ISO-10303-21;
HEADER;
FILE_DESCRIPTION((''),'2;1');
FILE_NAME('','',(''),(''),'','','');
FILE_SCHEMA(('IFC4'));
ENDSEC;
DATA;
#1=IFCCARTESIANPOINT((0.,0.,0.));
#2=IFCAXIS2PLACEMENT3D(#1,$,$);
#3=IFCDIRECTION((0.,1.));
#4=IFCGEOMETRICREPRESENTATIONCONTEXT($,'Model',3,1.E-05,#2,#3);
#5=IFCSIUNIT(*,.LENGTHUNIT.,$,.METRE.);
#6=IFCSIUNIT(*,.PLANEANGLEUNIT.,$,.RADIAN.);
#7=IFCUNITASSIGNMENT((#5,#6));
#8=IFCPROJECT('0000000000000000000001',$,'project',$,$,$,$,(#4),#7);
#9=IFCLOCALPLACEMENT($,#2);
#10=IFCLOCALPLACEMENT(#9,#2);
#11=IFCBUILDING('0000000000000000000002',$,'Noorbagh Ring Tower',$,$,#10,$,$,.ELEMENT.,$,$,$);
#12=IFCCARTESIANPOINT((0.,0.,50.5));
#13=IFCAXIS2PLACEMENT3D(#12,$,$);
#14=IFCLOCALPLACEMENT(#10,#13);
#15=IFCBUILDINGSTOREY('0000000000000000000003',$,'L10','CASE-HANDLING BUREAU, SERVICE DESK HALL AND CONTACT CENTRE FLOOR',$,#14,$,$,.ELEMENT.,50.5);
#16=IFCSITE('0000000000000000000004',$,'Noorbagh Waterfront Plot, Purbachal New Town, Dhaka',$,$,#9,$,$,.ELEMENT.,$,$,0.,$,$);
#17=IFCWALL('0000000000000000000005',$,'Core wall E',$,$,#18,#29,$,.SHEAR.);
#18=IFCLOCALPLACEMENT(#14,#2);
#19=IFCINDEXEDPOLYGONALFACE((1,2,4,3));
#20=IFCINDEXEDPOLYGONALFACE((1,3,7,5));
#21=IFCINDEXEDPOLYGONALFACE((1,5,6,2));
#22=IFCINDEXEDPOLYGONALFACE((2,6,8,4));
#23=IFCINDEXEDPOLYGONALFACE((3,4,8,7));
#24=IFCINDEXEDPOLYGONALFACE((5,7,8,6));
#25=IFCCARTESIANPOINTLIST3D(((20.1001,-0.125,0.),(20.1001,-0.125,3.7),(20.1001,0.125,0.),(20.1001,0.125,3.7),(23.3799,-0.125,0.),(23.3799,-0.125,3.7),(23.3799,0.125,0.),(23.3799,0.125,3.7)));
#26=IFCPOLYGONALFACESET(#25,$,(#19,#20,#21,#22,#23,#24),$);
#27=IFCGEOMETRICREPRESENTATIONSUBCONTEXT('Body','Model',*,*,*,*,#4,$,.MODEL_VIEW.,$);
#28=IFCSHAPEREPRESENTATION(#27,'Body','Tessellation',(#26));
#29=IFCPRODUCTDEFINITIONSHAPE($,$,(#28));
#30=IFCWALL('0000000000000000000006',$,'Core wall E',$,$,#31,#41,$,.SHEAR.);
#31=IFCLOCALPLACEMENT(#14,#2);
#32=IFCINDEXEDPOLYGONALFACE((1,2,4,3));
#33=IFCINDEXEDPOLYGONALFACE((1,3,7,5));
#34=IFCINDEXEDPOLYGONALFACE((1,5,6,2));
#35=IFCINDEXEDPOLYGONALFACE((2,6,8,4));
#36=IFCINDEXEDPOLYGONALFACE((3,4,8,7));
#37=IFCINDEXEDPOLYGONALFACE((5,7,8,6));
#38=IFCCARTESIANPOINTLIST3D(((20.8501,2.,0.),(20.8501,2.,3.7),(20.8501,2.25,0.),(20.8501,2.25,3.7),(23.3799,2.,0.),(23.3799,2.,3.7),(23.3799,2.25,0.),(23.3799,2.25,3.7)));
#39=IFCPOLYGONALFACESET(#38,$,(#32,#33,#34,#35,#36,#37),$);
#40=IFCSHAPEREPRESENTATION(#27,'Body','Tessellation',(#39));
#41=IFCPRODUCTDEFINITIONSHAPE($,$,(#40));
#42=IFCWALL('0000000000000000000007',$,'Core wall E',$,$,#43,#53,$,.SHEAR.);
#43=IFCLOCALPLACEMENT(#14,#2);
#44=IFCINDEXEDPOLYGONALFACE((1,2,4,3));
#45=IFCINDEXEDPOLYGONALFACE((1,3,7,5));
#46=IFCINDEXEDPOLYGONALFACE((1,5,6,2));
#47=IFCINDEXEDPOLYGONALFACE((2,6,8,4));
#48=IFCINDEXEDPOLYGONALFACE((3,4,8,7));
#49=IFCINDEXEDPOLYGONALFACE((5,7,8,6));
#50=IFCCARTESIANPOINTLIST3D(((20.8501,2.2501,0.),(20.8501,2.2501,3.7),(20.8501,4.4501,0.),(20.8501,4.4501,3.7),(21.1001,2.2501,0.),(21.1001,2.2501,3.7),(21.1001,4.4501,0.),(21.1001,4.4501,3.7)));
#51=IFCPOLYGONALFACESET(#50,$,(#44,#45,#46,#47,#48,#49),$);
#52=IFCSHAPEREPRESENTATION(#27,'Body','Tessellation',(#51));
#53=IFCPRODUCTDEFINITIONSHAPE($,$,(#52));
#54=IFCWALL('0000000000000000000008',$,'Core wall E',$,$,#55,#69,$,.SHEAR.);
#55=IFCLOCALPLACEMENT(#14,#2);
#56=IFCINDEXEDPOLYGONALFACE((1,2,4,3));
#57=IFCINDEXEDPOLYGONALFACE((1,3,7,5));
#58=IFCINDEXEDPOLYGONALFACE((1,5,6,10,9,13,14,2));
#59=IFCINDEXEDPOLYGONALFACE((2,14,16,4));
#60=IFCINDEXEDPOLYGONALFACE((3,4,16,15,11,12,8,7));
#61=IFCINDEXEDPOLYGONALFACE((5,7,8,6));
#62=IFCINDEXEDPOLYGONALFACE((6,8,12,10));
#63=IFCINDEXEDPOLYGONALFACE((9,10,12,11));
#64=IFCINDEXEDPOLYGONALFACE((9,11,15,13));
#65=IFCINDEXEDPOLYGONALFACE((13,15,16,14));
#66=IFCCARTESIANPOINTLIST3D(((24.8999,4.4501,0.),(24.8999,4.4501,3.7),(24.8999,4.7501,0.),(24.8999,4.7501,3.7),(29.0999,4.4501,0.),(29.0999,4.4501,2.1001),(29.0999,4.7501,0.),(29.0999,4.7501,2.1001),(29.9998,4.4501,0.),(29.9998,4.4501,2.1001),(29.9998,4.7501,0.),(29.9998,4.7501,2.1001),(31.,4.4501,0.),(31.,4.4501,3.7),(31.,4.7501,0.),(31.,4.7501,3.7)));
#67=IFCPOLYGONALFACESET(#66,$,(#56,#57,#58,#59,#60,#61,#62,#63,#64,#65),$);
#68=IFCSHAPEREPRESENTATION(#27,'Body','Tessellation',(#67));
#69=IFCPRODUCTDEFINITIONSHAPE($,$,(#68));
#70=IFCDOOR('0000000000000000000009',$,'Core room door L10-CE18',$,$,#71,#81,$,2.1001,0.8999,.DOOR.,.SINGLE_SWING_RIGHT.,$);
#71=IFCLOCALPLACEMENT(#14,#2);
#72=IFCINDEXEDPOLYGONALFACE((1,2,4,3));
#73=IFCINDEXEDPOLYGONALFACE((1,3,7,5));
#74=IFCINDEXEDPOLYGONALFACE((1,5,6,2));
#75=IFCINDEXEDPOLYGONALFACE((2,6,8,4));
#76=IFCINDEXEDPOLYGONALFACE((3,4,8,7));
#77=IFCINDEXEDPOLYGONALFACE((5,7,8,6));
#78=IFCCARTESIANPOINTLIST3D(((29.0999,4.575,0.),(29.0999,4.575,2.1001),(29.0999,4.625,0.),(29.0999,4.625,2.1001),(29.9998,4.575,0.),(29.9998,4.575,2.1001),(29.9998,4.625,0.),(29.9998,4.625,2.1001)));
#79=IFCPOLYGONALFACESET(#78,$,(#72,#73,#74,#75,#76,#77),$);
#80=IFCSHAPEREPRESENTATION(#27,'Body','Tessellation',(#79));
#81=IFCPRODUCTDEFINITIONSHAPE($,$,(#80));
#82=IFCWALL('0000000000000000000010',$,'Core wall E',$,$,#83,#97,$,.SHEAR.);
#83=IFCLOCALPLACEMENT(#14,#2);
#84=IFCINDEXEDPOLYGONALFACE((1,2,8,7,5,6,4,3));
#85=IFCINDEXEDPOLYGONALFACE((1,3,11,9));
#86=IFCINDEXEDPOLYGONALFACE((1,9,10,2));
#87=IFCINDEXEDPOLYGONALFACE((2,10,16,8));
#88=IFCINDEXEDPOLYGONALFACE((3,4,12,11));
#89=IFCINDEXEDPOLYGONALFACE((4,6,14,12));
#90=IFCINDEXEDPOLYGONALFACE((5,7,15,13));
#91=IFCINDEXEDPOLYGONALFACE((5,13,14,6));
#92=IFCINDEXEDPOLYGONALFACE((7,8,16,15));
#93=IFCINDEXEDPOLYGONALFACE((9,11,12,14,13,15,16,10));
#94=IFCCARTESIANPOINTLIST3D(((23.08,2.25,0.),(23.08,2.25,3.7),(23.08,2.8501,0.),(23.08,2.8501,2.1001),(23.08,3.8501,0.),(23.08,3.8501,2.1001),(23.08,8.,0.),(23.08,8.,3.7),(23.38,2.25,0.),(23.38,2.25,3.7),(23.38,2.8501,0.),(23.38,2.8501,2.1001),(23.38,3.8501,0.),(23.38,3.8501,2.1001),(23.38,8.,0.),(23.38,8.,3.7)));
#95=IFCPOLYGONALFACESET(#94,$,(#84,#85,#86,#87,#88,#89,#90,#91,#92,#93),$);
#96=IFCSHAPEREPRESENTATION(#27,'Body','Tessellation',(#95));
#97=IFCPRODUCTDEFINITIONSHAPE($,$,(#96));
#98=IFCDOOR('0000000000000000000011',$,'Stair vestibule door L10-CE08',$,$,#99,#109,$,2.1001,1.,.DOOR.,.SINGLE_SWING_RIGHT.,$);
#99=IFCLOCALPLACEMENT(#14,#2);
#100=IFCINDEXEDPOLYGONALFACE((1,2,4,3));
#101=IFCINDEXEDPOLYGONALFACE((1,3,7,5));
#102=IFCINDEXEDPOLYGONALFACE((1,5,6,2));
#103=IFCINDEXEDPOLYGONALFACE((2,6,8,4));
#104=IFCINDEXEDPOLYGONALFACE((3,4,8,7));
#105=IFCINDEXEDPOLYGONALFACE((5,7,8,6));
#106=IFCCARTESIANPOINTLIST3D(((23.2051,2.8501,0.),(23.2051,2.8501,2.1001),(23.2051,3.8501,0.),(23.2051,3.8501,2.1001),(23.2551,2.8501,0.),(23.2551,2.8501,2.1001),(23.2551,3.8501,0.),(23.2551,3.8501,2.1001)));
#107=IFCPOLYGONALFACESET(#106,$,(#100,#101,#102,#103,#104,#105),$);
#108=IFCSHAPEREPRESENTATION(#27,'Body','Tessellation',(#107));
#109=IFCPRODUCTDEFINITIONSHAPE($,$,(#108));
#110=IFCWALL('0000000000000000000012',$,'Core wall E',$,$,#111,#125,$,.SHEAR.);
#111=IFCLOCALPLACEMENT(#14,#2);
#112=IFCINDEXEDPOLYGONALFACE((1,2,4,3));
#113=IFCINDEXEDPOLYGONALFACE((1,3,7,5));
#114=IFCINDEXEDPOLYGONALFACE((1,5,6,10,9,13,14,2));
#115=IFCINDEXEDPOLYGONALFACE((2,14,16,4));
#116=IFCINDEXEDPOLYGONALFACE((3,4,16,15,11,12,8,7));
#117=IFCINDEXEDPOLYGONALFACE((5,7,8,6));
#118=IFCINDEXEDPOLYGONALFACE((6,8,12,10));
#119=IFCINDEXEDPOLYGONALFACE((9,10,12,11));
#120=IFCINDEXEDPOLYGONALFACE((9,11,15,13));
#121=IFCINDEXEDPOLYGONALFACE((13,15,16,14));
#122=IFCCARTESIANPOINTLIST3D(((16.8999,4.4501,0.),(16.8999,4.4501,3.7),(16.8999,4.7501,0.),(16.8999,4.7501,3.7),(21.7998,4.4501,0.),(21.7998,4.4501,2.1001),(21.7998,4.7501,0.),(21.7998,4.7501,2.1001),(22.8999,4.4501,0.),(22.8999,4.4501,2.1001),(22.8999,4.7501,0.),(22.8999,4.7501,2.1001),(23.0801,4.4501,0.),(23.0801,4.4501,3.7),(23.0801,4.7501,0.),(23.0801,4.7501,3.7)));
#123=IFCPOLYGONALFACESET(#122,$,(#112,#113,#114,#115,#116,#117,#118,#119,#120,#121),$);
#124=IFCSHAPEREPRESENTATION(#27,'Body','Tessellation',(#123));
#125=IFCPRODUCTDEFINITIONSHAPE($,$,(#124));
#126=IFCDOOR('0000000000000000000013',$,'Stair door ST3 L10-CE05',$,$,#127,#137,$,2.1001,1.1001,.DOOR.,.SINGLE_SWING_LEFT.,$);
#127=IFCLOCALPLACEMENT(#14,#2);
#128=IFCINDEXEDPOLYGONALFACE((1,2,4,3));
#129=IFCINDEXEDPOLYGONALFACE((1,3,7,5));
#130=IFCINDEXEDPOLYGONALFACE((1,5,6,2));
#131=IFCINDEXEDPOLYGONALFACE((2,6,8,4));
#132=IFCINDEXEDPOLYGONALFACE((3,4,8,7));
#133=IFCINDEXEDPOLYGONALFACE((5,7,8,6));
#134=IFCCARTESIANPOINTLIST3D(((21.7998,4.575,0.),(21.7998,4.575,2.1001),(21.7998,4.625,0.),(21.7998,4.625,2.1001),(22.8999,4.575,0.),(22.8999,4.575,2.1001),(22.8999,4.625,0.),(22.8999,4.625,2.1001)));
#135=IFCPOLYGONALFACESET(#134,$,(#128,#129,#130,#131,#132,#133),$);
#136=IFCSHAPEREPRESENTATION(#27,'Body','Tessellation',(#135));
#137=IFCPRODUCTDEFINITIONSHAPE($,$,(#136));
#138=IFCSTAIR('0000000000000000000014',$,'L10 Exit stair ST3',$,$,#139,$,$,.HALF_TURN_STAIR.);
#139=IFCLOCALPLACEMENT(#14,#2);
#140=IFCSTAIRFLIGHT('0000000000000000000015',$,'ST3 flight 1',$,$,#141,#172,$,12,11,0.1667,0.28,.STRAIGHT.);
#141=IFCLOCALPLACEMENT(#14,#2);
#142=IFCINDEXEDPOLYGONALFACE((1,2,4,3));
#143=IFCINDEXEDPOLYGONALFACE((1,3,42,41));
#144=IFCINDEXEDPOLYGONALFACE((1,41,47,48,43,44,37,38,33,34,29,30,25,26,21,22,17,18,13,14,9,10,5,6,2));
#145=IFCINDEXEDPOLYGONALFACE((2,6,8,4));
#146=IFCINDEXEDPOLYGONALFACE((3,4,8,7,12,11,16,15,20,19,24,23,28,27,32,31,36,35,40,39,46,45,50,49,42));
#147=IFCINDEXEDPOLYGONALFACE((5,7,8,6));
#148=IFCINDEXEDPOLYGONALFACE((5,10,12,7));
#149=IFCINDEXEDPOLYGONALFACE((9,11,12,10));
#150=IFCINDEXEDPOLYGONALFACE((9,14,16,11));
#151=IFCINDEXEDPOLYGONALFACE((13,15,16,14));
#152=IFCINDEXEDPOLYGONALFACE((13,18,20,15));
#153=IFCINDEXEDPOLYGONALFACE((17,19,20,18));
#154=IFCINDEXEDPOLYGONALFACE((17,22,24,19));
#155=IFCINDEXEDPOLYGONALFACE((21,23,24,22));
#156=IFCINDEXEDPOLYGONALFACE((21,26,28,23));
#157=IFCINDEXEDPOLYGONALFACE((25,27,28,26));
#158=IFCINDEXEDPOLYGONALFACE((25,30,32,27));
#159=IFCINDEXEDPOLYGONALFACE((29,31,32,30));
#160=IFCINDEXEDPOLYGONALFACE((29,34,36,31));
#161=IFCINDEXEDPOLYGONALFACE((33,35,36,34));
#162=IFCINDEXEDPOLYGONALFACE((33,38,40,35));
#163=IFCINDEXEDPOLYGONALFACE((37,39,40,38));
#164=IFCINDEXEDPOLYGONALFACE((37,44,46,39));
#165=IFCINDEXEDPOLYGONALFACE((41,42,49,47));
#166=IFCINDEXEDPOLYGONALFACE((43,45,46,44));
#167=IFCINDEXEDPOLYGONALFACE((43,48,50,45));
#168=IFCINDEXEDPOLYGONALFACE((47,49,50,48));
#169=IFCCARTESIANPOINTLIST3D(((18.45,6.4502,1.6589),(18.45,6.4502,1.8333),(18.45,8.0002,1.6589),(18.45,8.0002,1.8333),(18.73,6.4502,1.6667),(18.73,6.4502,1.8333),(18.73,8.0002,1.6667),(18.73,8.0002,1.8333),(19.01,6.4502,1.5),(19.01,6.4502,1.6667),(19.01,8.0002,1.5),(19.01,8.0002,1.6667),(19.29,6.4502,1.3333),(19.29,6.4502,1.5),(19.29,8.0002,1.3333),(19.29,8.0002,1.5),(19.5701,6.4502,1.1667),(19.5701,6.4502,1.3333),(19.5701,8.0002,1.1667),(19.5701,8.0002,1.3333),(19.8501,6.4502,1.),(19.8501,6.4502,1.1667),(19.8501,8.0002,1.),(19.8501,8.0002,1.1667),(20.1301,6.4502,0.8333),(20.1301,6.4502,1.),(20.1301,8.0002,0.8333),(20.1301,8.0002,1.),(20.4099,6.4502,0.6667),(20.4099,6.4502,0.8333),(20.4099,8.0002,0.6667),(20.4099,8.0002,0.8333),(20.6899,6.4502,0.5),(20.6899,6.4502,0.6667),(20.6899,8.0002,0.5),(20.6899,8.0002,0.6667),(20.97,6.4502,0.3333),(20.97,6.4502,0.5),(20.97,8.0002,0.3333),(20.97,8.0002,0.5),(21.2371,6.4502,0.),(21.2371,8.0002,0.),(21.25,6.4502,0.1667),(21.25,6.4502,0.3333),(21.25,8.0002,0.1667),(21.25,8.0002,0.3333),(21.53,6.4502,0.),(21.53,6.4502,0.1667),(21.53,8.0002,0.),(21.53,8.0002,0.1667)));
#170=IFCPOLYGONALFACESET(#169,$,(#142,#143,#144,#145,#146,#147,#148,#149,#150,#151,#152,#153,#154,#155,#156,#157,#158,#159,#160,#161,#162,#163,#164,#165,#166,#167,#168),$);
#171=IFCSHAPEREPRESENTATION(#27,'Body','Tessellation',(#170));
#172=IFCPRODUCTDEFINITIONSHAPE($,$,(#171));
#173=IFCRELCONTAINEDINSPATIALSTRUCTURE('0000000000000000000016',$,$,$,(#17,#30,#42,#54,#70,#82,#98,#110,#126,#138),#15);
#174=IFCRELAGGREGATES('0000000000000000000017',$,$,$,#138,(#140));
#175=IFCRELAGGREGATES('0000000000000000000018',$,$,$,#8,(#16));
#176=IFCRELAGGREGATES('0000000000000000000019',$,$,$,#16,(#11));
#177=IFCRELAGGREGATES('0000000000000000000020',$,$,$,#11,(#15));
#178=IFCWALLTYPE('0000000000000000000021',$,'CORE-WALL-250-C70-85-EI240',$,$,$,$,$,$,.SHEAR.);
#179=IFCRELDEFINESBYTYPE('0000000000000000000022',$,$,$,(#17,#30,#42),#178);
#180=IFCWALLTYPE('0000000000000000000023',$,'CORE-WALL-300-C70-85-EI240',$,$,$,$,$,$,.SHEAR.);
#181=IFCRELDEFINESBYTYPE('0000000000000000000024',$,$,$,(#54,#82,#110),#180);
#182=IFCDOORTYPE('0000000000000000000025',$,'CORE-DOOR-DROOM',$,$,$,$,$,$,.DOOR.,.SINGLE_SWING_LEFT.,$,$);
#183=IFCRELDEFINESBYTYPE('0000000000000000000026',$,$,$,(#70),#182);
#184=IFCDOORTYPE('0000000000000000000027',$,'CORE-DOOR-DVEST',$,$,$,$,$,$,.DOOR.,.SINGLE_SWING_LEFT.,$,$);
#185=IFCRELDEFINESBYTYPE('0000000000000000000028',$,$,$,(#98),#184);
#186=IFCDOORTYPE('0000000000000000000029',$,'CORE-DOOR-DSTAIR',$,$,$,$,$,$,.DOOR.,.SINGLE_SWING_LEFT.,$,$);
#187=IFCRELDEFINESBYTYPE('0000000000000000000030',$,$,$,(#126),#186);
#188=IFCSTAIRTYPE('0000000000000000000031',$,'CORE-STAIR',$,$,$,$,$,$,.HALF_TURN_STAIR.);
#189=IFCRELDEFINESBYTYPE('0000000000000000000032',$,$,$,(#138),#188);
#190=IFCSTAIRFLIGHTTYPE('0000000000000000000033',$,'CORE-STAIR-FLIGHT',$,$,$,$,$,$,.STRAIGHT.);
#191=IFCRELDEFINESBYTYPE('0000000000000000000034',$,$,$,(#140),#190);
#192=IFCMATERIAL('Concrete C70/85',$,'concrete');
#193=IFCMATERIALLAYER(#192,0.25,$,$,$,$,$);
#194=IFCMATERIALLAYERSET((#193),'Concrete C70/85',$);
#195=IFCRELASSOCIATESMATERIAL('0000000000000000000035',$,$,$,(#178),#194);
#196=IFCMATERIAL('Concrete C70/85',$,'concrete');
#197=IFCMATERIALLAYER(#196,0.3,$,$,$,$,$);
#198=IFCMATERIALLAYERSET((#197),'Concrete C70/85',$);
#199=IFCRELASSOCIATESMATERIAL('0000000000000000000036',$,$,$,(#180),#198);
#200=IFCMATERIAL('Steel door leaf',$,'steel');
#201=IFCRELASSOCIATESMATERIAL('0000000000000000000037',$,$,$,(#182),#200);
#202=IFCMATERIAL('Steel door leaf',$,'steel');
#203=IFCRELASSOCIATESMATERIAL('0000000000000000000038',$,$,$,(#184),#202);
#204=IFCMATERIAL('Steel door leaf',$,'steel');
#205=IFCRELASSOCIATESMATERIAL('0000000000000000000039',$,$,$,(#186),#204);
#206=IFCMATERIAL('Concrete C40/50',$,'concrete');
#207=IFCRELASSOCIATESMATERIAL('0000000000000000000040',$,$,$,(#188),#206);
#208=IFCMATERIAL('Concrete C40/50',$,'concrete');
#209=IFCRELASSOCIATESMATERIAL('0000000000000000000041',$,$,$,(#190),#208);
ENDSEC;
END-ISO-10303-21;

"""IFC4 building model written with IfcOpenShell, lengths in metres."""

from ifc_helpers import new_model, si_unit, direction, frame, frame_2d, origin, place, context, subcontext, project, spatial, polyline, rectangle, outline, extrude, material, layer, layer_set, type_object, element, fill, aggregate, save


model = new_model("IFC4")

# Units and contexts
model_context = context("Model", 3, precision=1e-05, world=origin(), true_north=direction((0.0, 1.0)))
body_context = subcontext(model_context, "Body", "Model", "MODEL_VIEW")
ifc_project = project(units=[si_unit("LENGTHUNIT", "METRE"), si_unit("PLANEANGLEUNIT", "RADIAN")], contexts=[model_context])

# Site, building, storey
site_placement = place(None, origin())
site = spatial("IfcSite", under=ifc_project, at=site_placement, Name="Noorbagh Waterfront Plot, Purbachal New Town, Dhaka", CompositionType="ELEMENT", RefElevation=0.0)
building_placement = place(site_placement, origin())
building = spatial("IfcBuilding", under=site, at=building_placement, Name="Noorbagh Ring Tower", CompositionType="ELEMENT")
storey_placement = place(building_placement, frame((0.0, 0.0, 50.5)))
storey = spatial("IfcBuildingStorey", under=building, at=storey_placement, Name="L10", Description="CASE-HANDLING BUREAU, SERVICE DESK HALL AND CONTACT CENTRE FLOOR", CompositionType="ELEMENT", Elevation=50.5)

# Walls
ifc_material_1 = material(Name="Concrete C70/85", Category="concrete")
ifc_layer_1 = layer(ifc_material_1, 0.25)
ifc_layer_set_1 = layer_set([ifc_layer_1], Name="Concrete C70/85")
wall_type_1 = type_object("IfcWallType", Name="CORE-WALL-250-C70-85-EI240", PredefinedType="SHEAR", material=ifc_layer_set_1)
wall_1_placement = place(storey_placement, frame((20.1001, 0.0, 0.0), z_axis=(0.0, 0.0, 1.0), x_axis=(1.0, 0.0, 0.0)))
element("IfcWall", 1, at=wall_1_placement, inside=storey, type_object=wall_type_1, Name="Core wall E", PredefinedType="SHEAR", context=body_context, shape_type="SweptSolid", body=[
    extrude(rectangle(XDim=3.2798, YDim=0.25, at=frame_2d((1.6399, 0.0))), origin(), (0.0, 0.0, 1.0), 3.7),
])
wall_2_placement = place(storey_placement, frame((20.8501, 2.125, 0.0), z_axis=(0.0, 0.0, 1.0), x_axis=(1.0, 0.0, 0.0)))
element("IfcWall", 2, at=wall_2_placement, inside=storey, type_object=wall_type_1, Name="Core wall E", PredefinedType="SHEAR", context=body_context, shape_type="SweptSolid", body=[
    extrude(rectangle(XDim=2.5298, YDim=0.25, at=frame_2d((1.2649, 0.0))), origin(), (0.0, 0.0, 1.0), 3.7),
])
wall_3_placement = place(storey_placement, frame((20.9751, 2.25, 0.0), z_axis=(0.0, 0.0, 1.0), x_axis=(0.0, 1.0, 0.0)))
element("IfcWall", 3, at=wall_3_placement, inside=storey, type_object=wall_type_1, Name="Core wall E", PredefinedType="SHEAR", context=body_context, shape_type="SweptSolid", body=[
    extrude(rectangle(XDim=2.2, YDim=0.25, at=frame_2d((1.1001, 0.0))), origin(), (0.0, 0.0, 1.0), 3.7),
])

# Walls, openings, doors
ifc_material_2 = material(Name="Concrete C70/85", Category="concrete")
ifc_layer_2 = layer(ifc_material_2, 0.3)
ifc_layer_set_2 = layer_set([ifc_layer_2], Name="Concrete C70/85")
wall_type_2 = type_object("IfcWallType", Name="CORE-WALL-300-C70-85-EI240", PredefinedType="SHEAR", material=ifc_layer_set_2)
wall_4_placement = place(storey_placement, frame((24.8999, 4.6001, 0.0), z_axis=(0.0, 0.0, 1.0), x_axis=(1.0, 0.0, 0.0)))
wall_4 = element("IfcWall", 4, at=wall_4_placement, inside=storey, type_object=wall_type_2, Name="Core wall E", PredefinedType="SHEAR", context=body_context, shape_type="SweptSolid", body=[
    extrude(rectangle(XDim=6.1001, YDim=0.3, at=frame_2d((3.05, 0.0))), origin(), (0.0, 0.0, 1.0), 3.7),
])
opening_1_placement = place(wall_4_placement, frame((4.2, 0.0, 0.0)))
opening_1 = element("IfcOpeningElement", 5, at=opening_1_placement, cuts=wall_4, PredefinedType="OPENING", context=body_context, shape_type="SweptSolid", body=[
    extrude(rectangle(XDim=0.8999, YDim=2.1001, at=frame_2d((0.45, 1.05))), frame((0.0, 0.1602, 0.0), z_axis=(0.0, -1.0, 0.0), x_axis=(1.0, 0.0, 0.0)), (0.0, 0.0, 1.0), 0.3201),
])
ifc_material_3 = material(Name="Steel door leaf", Category="steel")
door_type_1 = type_object("IfcDoorType", Name="CORE-DOOR-DROOM", OperationType="SINGLE_SWING_LEFT", PredefinedType="DOOR", material=ifc_material_3)
door_1_placement = place(opening_1_placement, origin())
door_1 = element("IfcDoor", 6, at=door_1_placement, inside=storey, type_object=door_type_1, Name="Core room door L10-CE18", OperationType="SINGLE_SWING_RIGHT", OverallHeight=2.1001, OverallWidth=0.8999, PredefinedType="DOOR", context=body_context, shape_type="SweptSolid", body=[
    extrude(rectangle(XDim=0.8999, YDim=2.1001, at=frame_2d((0.45, 1.05))), frame((0.0, 0.0249, 0.0), z_axis=(0.0, -1.0, 0.0), x_axis=(1.0, 0.0, 0.0)), (0.0, 0.0, 1.0), 0.05),
])
fill(opening_1, door_1)
wall_5_placement = place(storey_placement, frame((23.23, 2.25, 0.0), z_axis=(0.0, 0.0, 1.0), x_axis=(0.0, 1.0, 0.0)))
wall_5 = element("IfcWall", 7, at=wall_5_placement, inside=storey, type_object=wall_type_2, Name="Core wall E", PredefinedType="SHEAR", context=body_context, shape_type="SweptSolid", body=[
    extrude(rectangle(XDim=5.75, YDim=0.3, at=frame_2d((2.875, 0.0))), origin(), (0.0, 0.0, 1.0), 3.7),
])
opening_2_placement = place(wall_5_placement, frame((0.6001, 0.0, 0.0)))
opening_2 = element("IfcOpeningElement", 8, at=opening_2_placement, cuts=wall_5, PredefinedType="OPENING", context=body_context, shape_type="SweptSolid", body=[
    extrude(rectangle(XDim=1.0, YDim=2.1001, at=frame_2d((0.5, 1.05))), frame((0.0, 0.1602, 0.0), z_axis=(0.0, -1.0, 0.0), x_axis=(1.0, 0.0, 0.0)), (0.0, 0.0, 1.0), 0.3201),
])
ifc_material_4 = material(Name="Steel door leaf", Category="steel")
door_type_2 = type_object("IfcDoorType", Name="CORE-DOOR-DVEST", OperationType="SINGLE_SWING_LEFT", PredefinedType="DOOR", material=ifc_material_4)
door_2_placement = place(opening_2_placement, origin())
door_2 = element("IfcDoor", 9, at=door_2_placement, inside=storey, type_object=door_type_2, Name="Stair vestibule door L10-CE08", OperationType="SINGLE_SWING_RIGHT", OverallHeight=2.1001, OverallWidth=1.0, PredefinedType="DOOR", context=body_context, shape_type="SweptSolid", body=[
    extrude(rectangle(XDim=1.0, YDim=2.1001, at=frame_2d((0.5, 1.05))), frame((0.0, 0.0249, 0.0), z_axis=(0.0, -1.0, 0.0), x_axis=(1.0, 0.0, 0.0)), (0.0, 0.0, 1.0), 0.05),
])
fill(opening_2, door_2)
wall_6_placement = place(storey_placement, frame((16.8999, 4.6001, 0.0), z_axis=(0.0, 0.0, 1.0), x_axis=(1.0, 0.0, 0.0)))
wall_6 = element("IfcWall", 10, at=wall_6_placement, inside=storey, type_object=wall_type_2, Name="Core wall E", PredefinedType="SHEAR", context=body_context, shape_type="SweptSolid", body=[
    extrude(rectangle(XDim=6.1802, YDim=0.3, at=frame_2d((3.0901, 0.0))), origin(), (0.0, 0.0, 1.0), 3.7),
])
opening_3_placement = place(wall_6_placement, frame((4.8999, 0.0, 0.0)))
opening_3 = element("IfcOpeningElement", 11, at=opening_3_placement, cuts=wall_6, PredefinedType="OPENING", context=body_context, shape_type="SweptSolid", body=[
    extrude(rectangle(XDim=1.1001, YDim=2.1001, at=frame_2d((0.55, 1.05))), frame((0.0, 0.1602, 0.0), z_axis=(0.0, -1.0, 0.0), x_axis=(1.0, 0.0, 0.0)), (0.0, 0.0, 1.0), 0.3201),
])
ifc_material_5 = material(Name="Steel door leaf", Category="steel")
door_type_3 = type_object("IfcDoorType", Name="CORE-DOOR-DSTAIR", OperationType="SINGLE_SWING_LEFT", PredefinedType="DOOR", material=ifc_material_5)
door_3_placement = place(opening_3_placement, origin())
door_3 = element("IfcDoor", 12, at=door_3_placement, inside=storey, type_object=door_type_3, Name="Stair door ST3 L10-CE05", OperationType="SINGLE_SWING_LEFT", OverallHeight=2.1001, OverallWidth=1.1001, PredefinedType="DOOR", context=body_context, shape_type="SweptSolid", body=[
    extrude(rectangle(XDim=1.1001, YDim=2.1001, at=frame_2d((0.55, 1.05))), frame((0.0, 0.0249, 0.0), z_axis=(0.0, -1.0, 0.0), x_axis=(1.0, 0.0, 0.0)), (0.0, 0.0, 1.0), 0.05),
])
fill(opening_3, door_3)

# Stair, stair flight
ifc_material_6 = material(Name="Concrete C40/50", Category="concrete")
stair_type = type_object("IfcStairType", Name="CORE-STAIR", PredefinedType="HALF_TURN_STAIR", material=ifc_material_6)
stair_placement = place(storey_placement, origin())
stair = element("IfcStair", 13, at=stair_placement, inside=storey, type_object=stair_type, Name="L10 Exit stair ST3", PredefinedType="HALF_TURN_STAIR")
ifc_material_7 = material(Name="Concrete C40/50", Category="concrete")
stair_flight_type = type_object("IfcStairFlightType", Name="CORE-STAIR-FLIGHT", PredefinedType="STRAIGHT", material=ifc_material_7)
stair_flight_1_placement = place(storey_placement, frame((21.53, 7.2251, 0.0), z_axis=(0.0, 0.0, 1.0), x_axis=(-1.0, 0.0, 0.0)))
stair_flight_1 = element("IfcStairFlight", 14, at=stair_flight_1_placement, type_object=stair_flight_type, Name="ST3 flight 1", NumberOfRisers=12, NumberOfTreads=11, PredefinedType="STRAIGHT", RiserHeight=0.1667, TreadLength=0.28, context=body_context, shape_type="SweptSolid", body=[
    extrude(outline(polyline([(0.0, 0.0), (0.0, 0.1667), (0.28, 0.1667), (0.28, 0.3333), (0.5601, 0.3333), (0.5601, 0.5), (0.8401, 0.5), (0.8401, 0.6667), (1.1201, 0.6667), (1.1201, 0.8333), (1.3999, 0.8333), (1.3999, 1.0), (1.6799, 1.0), (1.6799, 1.1667), (1.96, 1.1667), (1.96, 1.3333), (2.24, 1.3333), (2.24, 1.5), (2.52, 1.5), (2.52, 1.6667), (2.8, 1.6667), (2.8, 1.8333), (3.0801, 1.8333), (3.0801, 2.0), (3.0801, 1.6589), (0.293, 0.0), (0.0, 0.0)])), frame((0.0, 0.7749, 0.0), z_axis=(0.0, -1.0, 0.0), x_axis=(1.0, 0.0, 0.0)), (0.0, 0.0, 1.0), 1.55),
])
aggregate(stair, [stair_flight_1])

save(model, "model.ifc")
